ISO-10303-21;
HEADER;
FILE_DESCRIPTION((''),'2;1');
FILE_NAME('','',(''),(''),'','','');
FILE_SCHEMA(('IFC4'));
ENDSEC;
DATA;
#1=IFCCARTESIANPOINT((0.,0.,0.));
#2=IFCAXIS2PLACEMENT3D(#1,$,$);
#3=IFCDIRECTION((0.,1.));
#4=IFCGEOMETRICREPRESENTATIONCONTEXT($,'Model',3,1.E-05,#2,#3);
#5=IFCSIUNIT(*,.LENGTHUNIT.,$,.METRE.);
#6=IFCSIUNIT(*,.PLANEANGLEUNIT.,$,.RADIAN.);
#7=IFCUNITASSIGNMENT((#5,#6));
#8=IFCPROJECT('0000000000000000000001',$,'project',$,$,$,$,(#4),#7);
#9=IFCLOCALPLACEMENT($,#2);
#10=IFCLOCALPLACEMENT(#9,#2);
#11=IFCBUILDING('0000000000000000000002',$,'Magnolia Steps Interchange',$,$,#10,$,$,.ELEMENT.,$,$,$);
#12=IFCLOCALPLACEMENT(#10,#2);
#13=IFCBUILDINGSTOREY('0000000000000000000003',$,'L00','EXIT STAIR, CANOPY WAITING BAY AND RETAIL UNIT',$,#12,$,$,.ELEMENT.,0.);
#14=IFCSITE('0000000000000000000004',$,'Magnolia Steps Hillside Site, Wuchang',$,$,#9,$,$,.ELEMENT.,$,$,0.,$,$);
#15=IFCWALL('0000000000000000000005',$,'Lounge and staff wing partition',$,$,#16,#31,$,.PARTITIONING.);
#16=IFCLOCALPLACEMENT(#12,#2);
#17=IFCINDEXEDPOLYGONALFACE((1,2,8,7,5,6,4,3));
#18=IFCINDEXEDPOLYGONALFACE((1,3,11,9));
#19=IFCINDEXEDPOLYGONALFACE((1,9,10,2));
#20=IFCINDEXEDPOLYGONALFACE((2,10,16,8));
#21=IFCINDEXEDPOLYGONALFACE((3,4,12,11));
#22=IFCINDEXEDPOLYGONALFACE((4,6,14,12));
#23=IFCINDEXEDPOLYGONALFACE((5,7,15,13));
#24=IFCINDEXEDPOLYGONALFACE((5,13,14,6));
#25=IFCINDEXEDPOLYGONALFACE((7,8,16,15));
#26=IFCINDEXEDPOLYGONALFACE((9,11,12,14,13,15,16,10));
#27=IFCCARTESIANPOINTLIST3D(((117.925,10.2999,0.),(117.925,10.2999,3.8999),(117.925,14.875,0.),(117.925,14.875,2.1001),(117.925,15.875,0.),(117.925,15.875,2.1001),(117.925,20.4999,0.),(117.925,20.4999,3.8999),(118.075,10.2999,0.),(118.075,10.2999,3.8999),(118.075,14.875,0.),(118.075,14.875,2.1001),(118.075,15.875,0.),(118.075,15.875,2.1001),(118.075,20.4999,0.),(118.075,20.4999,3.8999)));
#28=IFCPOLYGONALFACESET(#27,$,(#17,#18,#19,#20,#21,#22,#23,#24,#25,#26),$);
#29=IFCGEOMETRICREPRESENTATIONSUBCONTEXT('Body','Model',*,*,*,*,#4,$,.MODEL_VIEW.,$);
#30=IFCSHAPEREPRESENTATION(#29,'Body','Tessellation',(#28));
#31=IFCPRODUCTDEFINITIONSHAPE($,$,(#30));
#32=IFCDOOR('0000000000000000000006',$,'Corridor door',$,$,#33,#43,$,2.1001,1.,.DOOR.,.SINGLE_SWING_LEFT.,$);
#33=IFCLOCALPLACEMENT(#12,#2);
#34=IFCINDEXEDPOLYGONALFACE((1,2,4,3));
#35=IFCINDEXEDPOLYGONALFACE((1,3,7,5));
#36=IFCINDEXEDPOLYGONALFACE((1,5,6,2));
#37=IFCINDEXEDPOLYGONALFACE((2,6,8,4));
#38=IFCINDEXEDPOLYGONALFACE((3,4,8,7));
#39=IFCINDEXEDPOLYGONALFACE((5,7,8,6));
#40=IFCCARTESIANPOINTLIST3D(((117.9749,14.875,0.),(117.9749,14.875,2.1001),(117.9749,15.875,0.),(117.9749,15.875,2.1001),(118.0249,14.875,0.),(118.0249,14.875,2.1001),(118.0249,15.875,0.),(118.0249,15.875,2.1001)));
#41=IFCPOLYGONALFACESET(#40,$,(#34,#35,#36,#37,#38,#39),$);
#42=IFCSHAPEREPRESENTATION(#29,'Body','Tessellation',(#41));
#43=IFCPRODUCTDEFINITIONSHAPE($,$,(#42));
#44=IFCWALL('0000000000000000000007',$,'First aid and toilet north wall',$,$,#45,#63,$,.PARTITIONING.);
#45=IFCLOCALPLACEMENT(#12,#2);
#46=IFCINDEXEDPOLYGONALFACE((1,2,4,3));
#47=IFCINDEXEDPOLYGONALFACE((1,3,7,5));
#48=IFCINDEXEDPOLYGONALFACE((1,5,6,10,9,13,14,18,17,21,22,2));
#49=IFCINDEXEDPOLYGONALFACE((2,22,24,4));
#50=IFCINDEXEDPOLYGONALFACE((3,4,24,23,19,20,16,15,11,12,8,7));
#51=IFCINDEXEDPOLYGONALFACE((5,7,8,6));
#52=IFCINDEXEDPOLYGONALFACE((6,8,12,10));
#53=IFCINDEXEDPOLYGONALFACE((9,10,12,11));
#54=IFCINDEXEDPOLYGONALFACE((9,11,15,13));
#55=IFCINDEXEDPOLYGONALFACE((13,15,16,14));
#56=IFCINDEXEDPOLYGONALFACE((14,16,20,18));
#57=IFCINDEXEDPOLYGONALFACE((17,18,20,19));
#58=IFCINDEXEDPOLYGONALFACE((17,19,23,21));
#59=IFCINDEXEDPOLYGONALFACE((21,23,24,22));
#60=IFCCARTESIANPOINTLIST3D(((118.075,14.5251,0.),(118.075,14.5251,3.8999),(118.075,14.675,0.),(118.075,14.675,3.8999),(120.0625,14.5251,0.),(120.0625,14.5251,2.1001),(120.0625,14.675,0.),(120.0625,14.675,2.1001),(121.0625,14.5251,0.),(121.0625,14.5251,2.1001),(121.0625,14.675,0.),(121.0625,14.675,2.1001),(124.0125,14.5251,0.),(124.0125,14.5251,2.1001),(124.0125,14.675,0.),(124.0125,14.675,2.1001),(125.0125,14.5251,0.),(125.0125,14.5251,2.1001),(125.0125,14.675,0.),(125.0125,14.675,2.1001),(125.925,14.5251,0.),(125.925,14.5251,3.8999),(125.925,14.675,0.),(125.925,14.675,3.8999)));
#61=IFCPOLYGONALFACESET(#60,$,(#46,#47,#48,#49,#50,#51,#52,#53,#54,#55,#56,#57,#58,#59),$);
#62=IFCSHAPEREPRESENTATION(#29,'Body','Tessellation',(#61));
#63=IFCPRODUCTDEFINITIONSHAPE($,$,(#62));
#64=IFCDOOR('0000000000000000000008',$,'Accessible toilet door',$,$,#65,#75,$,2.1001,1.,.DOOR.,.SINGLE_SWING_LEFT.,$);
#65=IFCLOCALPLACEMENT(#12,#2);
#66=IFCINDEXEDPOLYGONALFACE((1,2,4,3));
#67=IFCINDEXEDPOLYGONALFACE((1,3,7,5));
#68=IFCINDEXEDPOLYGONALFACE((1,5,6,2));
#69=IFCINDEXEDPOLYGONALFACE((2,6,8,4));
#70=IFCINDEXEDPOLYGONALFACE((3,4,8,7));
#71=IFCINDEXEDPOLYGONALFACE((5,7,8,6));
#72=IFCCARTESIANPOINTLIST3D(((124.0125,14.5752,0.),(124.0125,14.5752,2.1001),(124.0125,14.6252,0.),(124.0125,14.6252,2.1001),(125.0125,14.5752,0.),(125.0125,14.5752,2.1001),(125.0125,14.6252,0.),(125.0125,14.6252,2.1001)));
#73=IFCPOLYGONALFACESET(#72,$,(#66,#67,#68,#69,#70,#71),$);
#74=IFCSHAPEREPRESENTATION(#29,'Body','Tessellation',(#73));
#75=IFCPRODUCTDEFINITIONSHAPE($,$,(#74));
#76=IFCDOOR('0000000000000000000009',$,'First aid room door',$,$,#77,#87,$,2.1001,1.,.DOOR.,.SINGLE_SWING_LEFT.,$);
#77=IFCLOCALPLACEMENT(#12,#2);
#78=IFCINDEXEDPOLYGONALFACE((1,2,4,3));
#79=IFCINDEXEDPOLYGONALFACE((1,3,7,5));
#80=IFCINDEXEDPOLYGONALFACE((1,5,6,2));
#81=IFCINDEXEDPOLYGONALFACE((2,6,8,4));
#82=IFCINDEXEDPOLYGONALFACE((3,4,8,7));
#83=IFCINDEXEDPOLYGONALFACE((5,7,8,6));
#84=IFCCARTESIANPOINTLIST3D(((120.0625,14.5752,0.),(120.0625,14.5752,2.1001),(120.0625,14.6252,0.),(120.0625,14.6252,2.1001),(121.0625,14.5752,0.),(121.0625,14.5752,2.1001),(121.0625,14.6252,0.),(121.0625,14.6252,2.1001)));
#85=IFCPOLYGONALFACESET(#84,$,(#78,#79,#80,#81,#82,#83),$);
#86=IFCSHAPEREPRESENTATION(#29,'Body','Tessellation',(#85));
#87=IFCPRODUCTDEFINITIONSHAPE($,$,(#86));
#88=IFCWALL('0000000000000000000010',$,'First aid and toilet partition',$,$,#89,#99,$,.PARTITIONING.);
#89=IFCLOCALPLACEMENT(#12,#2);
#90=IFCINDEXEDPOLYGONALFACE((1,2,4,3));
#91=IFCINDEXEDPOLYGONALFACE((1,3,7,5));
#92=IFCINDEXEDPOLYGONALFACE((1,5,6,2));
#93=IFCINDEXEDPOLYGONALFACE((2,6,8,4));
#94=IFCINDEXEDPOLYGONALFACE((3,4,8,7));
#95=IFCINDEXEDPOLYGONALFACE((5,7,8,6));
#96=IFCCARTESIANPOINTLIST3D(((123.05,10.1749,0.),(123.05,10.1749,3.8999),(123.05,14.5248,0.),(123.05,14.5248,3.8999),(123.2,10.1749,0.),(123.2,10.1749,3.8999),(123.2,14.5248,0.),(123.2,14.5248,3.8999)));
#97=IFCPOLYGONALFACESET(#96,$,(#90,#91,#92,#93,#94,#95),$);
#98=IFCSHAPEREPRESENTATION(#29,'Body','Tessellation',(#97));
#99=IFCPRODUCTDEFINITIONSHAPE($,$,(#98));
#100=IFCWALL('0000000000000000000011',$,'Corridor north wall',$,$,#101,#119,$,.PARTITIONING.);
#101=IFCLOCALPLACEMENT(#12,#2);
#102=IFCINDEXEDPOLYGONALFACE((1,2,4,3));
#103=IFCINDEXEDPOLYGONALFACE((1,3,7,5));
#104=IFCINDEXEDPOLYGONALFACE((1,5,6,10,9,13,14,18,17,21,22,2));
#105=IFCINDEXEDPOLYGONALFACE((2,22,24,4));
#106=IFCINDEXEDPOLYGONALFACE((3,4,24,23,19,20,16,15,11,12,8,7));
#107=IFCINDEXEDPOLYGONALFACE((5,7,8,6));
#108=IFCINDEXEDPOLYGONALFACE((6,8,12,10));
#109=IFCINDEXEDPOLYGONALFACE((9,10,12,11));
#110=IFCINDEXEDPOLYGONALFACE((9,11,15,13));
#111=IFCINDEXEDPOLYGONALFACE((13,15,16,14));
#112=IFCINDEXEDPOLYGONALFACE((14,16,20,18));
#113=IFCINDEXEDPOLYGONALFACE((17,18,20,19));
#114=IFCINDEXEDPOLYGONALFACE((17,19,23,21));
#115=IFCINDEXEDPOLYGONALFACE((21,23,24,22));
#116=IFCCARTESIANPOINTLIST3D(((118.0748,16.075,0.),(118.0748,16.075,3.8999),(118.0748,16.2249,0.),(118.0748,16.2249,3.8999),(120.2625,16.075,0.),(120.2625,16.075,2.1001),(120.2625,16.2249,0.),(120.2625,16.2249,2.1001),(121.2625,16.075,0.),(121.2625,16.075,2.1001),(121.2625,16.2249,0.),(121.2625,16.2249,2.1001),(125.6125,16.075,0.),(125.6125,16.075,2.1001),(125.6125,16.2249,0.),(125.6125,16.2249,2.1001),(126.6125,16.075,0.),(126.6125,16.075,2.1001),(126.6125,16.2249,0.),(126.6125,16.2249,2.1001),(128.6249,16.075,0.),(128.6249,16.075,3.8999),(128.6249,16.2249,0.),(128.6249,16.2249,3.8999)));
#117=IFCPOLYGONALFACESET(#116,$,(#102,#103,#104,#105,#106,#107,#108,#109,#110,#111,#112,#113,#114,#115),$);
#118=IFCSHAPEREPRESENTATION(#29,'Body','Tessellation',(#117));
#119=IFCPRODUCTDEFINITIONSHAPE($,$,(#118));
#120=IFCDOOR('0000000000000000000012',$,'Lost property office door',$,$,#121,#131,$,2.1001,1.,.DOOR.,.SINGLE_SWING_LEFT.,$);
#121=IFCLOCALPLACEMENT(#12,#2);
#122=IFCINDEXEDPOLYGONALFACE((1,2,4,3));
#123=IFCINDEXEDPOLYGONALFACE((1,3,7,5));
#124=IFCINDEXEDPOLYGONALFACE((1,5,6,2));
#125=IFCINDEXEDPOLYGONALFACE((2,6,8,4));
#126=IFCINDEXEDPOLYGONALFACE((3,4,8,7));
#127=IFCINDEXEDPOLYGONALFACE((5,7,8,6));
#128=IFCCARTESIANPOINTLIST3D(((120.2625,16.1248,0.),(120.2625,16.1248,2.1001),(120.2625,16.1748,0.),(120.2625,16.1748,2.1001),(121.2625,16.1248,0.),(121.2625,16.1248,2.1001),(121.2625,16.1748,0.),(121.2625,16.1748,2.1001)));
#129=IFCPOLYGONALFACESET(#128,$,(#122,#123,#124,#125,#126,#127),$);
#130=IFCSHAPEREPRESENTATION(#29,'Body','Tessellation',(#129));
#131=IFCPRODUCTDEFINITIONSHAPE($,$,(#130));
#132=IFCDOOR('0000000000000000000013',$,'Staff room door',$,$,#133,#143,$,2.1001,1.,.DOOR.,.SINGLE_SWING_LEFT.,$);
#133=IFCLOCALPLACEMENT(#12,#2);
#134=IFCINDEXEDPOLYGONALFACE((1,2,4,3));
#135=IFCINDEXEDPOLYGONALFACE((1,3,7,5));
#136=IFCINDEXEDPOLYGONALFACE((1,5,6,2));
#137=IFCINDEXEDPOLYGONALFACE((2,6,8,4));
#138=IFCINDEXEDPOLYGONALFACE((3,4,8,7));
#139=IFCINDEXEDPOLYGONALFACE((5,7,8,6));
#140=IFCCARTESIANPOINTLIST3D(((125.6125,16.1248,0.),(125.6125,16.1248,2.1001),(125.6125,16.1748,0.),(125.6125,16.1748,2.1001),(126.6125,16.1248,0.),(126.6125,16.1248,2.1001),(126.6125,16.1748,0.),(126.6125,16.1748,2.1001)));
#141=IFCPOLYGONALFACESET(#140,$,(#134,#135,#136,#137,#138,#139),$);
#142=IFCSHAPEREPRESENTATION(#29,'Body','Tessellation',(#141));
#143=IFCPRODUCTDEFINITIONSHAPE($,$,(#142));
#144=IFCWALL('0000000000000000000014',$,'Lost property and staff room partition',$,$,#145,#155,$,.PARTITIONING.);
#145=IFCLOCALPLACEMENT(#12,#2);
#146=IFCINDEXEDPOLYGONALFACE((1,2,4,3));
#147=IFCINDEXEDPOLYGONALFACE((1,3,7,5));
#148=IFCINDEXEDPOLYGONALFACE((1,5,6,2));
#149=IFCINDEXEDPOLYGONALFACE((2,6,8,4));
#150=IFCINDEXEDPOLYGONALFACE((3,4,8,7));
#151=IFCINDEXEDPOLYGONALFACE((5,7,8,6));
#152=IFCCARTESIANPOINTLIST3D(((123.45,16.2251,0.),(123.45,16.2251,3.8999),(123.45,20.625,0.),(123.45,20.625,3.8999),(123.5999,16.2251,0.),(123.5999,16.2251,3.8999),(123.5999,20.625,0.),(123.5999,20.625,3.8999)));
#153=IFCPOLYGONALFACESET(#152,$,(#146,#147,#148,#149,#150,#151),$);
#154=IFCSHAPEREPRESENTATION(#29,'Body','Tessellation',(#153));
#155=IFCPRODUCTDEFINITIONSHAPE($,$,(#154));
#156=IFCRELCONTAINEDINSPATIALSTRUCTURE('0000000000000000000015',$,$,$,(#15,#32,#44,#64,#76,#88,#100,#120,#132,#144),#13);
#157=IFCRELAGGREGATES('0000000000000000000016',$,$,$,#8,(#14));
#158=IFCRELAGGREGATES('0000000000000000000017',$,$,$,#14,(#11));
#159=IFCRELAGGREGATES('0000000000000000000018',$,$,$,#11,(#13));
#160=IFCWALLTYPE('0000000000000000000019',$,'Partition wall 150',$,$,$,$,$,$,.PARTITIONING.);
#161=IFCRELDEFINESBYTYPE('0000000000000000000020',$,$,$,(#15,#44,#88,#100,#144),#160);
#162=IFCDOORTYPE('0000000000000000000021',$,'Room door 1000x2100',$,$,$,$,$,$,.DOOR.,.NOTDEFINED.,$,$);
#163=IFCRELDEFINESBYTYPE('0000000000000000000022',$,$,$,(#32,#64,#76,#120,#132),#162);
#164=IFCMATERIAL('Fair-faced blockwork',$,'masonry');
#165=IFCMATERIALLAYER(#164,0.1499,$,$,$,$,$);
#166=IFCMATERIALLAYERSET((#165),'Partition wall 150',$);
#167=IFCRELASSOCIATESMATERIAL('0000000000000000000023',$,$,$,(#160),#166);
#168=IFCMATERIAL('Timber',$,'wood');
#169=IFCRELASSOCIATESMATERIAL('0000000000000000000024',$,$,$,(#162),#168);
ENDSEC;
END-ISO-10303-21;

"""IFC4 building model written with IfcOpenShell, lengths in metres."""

from ifc_helpers import new_model, si_unit, direction, frame, frame_2d, origin, place, context, subcontext, project, spatial, rectangle, extrude, material, layer, layer_set, type_object, element, fill, save


model = new_model("IFC4")

# Units and contexts
model_context = context("Model", 3, precision=1e-05, world=origin(), true_north=direction((0.0, 1.0)))
body_context = subcontext(model_context, "Body", "Model", "MODEL_VIEW")
ifc_project = project(units=[si_unit("LENGTHUNIT", "METRE"), si_unit("PLANEANGLEUNIT", "RADIAN")], contexts=[model_context])

# Site, building, storey
site_placement = place(None, origin())
site = spatial("IfcSite", under=ifc_project, at=site_placement, Name="Magnolia Steps Hillside Site, Wuchang", CompositionType="ELEMENT", RefElevation=0.0)
building_placement = place(site_placement, origin())
building = spatial("IfcBuilding", under=site, at=building_placement, Name="Magnolia Steps Interchange", CompositionType="ELEMENT")
storey_placement = place(building_placement, origin())
storey = spatial("IfcBuildingStorey", under=building, at=storey_placement, Name="L00", Description="EXIT STAIR, CANOPY WAITING BAY AND RETAIL UNIT", CompositionType="ELEMENT", Elevation=0.0)

# Wall, opening, door
ifc_material_1 = material(Name="Fair-faced blockwork", Category="masonry")
ifc_layer_1 = layer(ifc_material_1, 0.1499)
ifc_layer_set_1 = layer_set([ifc_layer_1], Name="Partition wall 150")
wall_type_1 = type_object("IfcWallType", Name="Partition wall 150", PredefinedType="PARTITIONING", material=ifc_layer_set_1)
wall_1_placement = place(storey_placement, frame((118.0, 20.5, 0.0), z_axis=(0.0, 0.0, 1.0), x_axis=(0.0, -1.0, 0.0)))
wall_1 = element("IfcWall", 1, at=wall_1_placement, inside=storey, type_object=wall_type_1, Name="Lounge and staff wing partition", PredefinedType="PARTITIONING", context=body_context, shape_type="SweptSolid", body=[
    extrude(rectangle(XDim=10.2, YDim=0.1499, at=frame_2d((5.1001, 0.0))), origin(), (0.0, 0.0, 1.0), 3.8999),
])
opening_1_placement = place(wall_1_placement, frame((4.625, 0.0, 0.0)))
opening_1 = element("IfcOpeningElement", 2, at=opening_1_placement, cuts=wall_1, PredefinedType="OPENING", context=body_context, shape_type="SweptSolid", body=[
    extrude(rectangle(XDim=1.0, YDim=2.1001, at=frame_2d((0.5, 1.05))), frame((0.0, 0.085, 0.0), z_axis=(0.0, -1.0, 0.0), x_axis=(1.0, 0.0, 0.0)), (0.0, 0.0, 1.0), 0.1699),
])
ifc_material_2 = material(Name="Timber", Category="wood")
door_type = type_object("IfcDoorType", Name="Room door 1000x2100", OperationType="NOTDEFINED", PredefinedType="DOOR", material=ifc_material_2)
door_1_placement = place(opening_1_placement, origin())
door_1 = element("IfcDoor", 3, at=door_1_placement, inside=storey, type_object=door_type, Name="Corridor door", OperationType="SINGLE_SWING_LEFT", OverallHeight=2.1001, OverallWidth=1.0, PredefinedType="DOOR", context=body_context, shape_type="SweptSolid", body=[
    extrude(rectangle(XDim=1.0, YDim=2.1001, at=frame_2d((0.5, 1.05))), frame((0.0, 0.0249, 0.0), z_axis=(0.0, -1.0, 0.0), x_axis=(1.0, 0.0, 0.0)), (0.0, 0.0, 1.0), 0.05),
])
fill(opening_1, door_1)

# Wall, openings, doors
wall_2_placement = place(storey_placement, frame((125.925, 14.6001, 0.0), z_axis=(0.0, 0.0, 1.0), x_axis=(-1.0, 0.0, 0.0)))
wall_2 = element("IfcWall", 4, at=wall_2_placement, inside=storey, type_object=wall_type_1, Name="First aid and toilet north wall", PredefinedType="PARTITIONING", context=body_context, shape_type="SweptSolid", body=[
    extrude(rectangle(XDim=7.8501, YDim=0.1499, at=frame_2d((3.925, 0.0))), origin(), (0.0, 0.0, 1.0), 3.8999),
])
opening_2_placement = place(wall_2_placement, frame((0.9126, 0.0, 0.0)))
opening_2 = element("IfcOpeningElement", 5, at=opening_2_placement, cuts=wall_2, PredefinedType="OPENING", context=body_context, shape_type="SweptSolid", body=[
    extrude(rectangle(XDim=1.0, YDim=2.1001, at=frame_2d((0.5, 1.05))), frame((0.0, 0.085, 0.0), z_axis=(0.0, -1.0, 0.0), x_axis=(1.0, 0.0, 0.0)), (0.0, 0.0, 1.0), 0.1699),
])
opening_3_placement = place(wall_2_placement, frame((4.8625, 0.0, 0.0)))
opening_3 = element("IfcOpeningElement", 6, at=opening_3_placement, cuts=wall_2, PredefinedType="OPENING", context=body_context, shape_type="SweptSolid", body=[
    extrude(rectangle(XDim=1.0, YDim=2.1001, at=frame_2d((0.5, 1.05))), frame((0.0, 0.085, 0.0), z_axis=(0.0, -1.0, 0.0), x_axis=(1.0, 0.0, 0.0)), (0.0, 0.0, 1.0), 0.1699),
])
door_2_placement = place(opening_2_placement, origin())
door_2 = element("IfcDoor", 7, at=door_2_placement, inside=storey, type_object=door_type, Name="Accessible toilet door", OperationType="SINGLE_SWING_LEFT", OverallHeight=2.1001, OverallWidth=1.0, PredefinedType="DOOR", context=body_context, shape_type="SweptSolid", body=[
    extrude(rectangle(XDim=1.0, YDim=2.1001, at=frame_2d((0.5, 1.05))), frame((0.0, 0.0249, 0.0), z_axis=(0.0, -1.0, 0.0), x_axis=(1.0, 0.0, 0.0)), (0.0, 0.0, 1.0), 0.05),
])
fill(opening_2, door_2)
door_3_placement = place(opening_3_placement, origin())
door_3 = element("IfcDoor", 8, at=door_3_placement, inside=storey, type_object=door_type, Name="First aid room door", OperationType="SINGLE_SWING_LEFT", OverallHeight=2.1001, OverallWidth=1.0, PredefinedType="DOOR", context=body_context, shape_type="SweptSolid", body=[
    extrude(rectangle(XDim=1.0, YDim=2.1001, at=frame_2d((0.5, 1.05))), frame((0.0, 0.0249, 0.0), z_axis=(0.0, -1.0, 0.0), x_axis=(1.0, 0.0, 0.0)), (0.0, 0.0, 1.0), 0.05),
])
fill(opening_3, door_3)

# Wall
wall_3_placement = place(storey_placement, frame((123.125, 10.175, 0.0), z_axis=(0.0, 0.0, 1.0), x_axis=(0.0, 1.0, 0.0)))
element("IfcWall", 9, at=wall_3_placement, inside=storey, type_object=wall_type_1, Name="First aid and toilet partition", PredefinedType="PARTITIONING", context=body_context, shape_type="SweptSolid", body=[
    extrude(rectangle(XDim=4.3499, YDim=0.1499, at=frame_2d((2.1748, 0.0))), origin(), (0.0, 0.0, 1.0), 3.8999),
])

# Wall, openings, doors
wall_4_placement = place(storey_placement, frame((118.075, 16.1499, 0.0), z_axis=(0.0, 0.0, 1.0), x_axis=(1.0, 0.0, 0.0)))
wall_4 = element("IfcWall", 10, at=wall_4_placement, inside=storey, type_object=wall_type_1, Name="Corridor north wall", PredefinedType="PARTITIONING", context=body_context, shape_type="SweptSolid", body=[
    extrude(rectangle(XDim=10.55, YDim=0.1499, at=frame_2d((5.2749, 0.0))), origin(), (0.0, 0.0, 1.0), 3.8999),
])
opening_4_placement = place(wall_4_placement, frame((2.1875, 0.0, 0.0)))
opening_4 = element("IfcOpeningElement", 11, at=opening_4_placement, cuts=wall_4, PredefinedType="OPENING", context=body_context, shape_type="SweptSolid", body=[
    extrude(rectangle(XDim=1.0, YDim=2.1001, at=frame_2d((0.5, 1.05))), frame((0.0, 0.085, 0.0), z_axis=(0.0, -1.0, 0.0), x_axis=(1.0, 0.0, 0.0)), (0.0, 0.0, 1.0), 0.1699),
])
opening_5_placement = place(wall_4_placement, frame((7.5376, 0.0, 0.0)))
opening_5 = element("IfcOpeningElement", 12, at=opening_5_placement, cuts=wall_4, PredefinedType="OPENING", context=body_context, shape_type="SweptSolid", body=[
    extrude(rectangle(XDim=1.0, YDim=2.1001, at=frame_2d((0.5, 1.05))), frame((0.0, 0.085, 0.0), z_axis=(0.0, -1.0, 0.0), x_axis=(1.0, 0.0, 0.0)), (0.0, 0.0, 1.0), 0.1699),
])
door_4_placement = place(opening_4_placement, origin())
door_4 = element("IfcDoor", 13, at=door_4_placement, inside=storey, type_object=door_type, Name="Lost property office door", OperationType="SINGLE_SWING_LEFT", OverallHeight=2.1001, OverallWidth=1.0, PredefinedType="DOOR", context=body_context, shape_type="SweptSolid", body=[
    extrude(rectangle(XDim=1.0, YDim=2.1001, at=frame_2d((0.5, 1.05))), frame((0.0, 0.0249, 0.0), z_axis=(0.0, -1.0, 0.0), x_axis=(1.0, 0.0, 0.0)), (0.0, 0.0, 1.0), 0.05),
])
fill(opening_4, door_4)
door_5_placement = place(opening_5_placement, origin())
door_5 = element("IfcDoor", 14, at=door_5_placement, inside=storey, type_object=door_type, Name="Staff room door", OperationType="SINGLE_SWING_LEFT", OverallHeight=2.1001, OverallWidth=1.0, PredefinedType="DOOR", context=body_context, shape_type="SweptSolid", body=[
    extrude(rectangle(XDim=1.0, YDim=2.1001, at=frame_2d((0.5, 1.05))), frame((0.0, 0.0249, 0.0), z_axis=(0.0, -1.0, 0.0), x_axis=(1.0, 0.0, 0.0)), (0.0, 0.0, 1.0), 0.05),
])
fill(opening_5, door_5)

# Wall
wall_5_placement = place(storey_placement, frame((123.5249, 16.2251, 0.0), z_axis=(0.0, 0.0, 1.0), x_axis=(0.0, 1.0, 0.0)))
element("IfcWall", 15, at=wall_5_placement, inside=storey, type_object=wall_type_1, Name="Lost property and staff room partition", PredefinedType="PARTITIONING", context=body_context, shape_type="SweptSolid", body=[
    extrude(rectangle(XDim=4.3999, YDim=0.1499, at=frame_2d((2.2, 0.0))), origin(), (0.0, 0.0, 1.0), 3.8999),
])

save(model, "model.ifc")
